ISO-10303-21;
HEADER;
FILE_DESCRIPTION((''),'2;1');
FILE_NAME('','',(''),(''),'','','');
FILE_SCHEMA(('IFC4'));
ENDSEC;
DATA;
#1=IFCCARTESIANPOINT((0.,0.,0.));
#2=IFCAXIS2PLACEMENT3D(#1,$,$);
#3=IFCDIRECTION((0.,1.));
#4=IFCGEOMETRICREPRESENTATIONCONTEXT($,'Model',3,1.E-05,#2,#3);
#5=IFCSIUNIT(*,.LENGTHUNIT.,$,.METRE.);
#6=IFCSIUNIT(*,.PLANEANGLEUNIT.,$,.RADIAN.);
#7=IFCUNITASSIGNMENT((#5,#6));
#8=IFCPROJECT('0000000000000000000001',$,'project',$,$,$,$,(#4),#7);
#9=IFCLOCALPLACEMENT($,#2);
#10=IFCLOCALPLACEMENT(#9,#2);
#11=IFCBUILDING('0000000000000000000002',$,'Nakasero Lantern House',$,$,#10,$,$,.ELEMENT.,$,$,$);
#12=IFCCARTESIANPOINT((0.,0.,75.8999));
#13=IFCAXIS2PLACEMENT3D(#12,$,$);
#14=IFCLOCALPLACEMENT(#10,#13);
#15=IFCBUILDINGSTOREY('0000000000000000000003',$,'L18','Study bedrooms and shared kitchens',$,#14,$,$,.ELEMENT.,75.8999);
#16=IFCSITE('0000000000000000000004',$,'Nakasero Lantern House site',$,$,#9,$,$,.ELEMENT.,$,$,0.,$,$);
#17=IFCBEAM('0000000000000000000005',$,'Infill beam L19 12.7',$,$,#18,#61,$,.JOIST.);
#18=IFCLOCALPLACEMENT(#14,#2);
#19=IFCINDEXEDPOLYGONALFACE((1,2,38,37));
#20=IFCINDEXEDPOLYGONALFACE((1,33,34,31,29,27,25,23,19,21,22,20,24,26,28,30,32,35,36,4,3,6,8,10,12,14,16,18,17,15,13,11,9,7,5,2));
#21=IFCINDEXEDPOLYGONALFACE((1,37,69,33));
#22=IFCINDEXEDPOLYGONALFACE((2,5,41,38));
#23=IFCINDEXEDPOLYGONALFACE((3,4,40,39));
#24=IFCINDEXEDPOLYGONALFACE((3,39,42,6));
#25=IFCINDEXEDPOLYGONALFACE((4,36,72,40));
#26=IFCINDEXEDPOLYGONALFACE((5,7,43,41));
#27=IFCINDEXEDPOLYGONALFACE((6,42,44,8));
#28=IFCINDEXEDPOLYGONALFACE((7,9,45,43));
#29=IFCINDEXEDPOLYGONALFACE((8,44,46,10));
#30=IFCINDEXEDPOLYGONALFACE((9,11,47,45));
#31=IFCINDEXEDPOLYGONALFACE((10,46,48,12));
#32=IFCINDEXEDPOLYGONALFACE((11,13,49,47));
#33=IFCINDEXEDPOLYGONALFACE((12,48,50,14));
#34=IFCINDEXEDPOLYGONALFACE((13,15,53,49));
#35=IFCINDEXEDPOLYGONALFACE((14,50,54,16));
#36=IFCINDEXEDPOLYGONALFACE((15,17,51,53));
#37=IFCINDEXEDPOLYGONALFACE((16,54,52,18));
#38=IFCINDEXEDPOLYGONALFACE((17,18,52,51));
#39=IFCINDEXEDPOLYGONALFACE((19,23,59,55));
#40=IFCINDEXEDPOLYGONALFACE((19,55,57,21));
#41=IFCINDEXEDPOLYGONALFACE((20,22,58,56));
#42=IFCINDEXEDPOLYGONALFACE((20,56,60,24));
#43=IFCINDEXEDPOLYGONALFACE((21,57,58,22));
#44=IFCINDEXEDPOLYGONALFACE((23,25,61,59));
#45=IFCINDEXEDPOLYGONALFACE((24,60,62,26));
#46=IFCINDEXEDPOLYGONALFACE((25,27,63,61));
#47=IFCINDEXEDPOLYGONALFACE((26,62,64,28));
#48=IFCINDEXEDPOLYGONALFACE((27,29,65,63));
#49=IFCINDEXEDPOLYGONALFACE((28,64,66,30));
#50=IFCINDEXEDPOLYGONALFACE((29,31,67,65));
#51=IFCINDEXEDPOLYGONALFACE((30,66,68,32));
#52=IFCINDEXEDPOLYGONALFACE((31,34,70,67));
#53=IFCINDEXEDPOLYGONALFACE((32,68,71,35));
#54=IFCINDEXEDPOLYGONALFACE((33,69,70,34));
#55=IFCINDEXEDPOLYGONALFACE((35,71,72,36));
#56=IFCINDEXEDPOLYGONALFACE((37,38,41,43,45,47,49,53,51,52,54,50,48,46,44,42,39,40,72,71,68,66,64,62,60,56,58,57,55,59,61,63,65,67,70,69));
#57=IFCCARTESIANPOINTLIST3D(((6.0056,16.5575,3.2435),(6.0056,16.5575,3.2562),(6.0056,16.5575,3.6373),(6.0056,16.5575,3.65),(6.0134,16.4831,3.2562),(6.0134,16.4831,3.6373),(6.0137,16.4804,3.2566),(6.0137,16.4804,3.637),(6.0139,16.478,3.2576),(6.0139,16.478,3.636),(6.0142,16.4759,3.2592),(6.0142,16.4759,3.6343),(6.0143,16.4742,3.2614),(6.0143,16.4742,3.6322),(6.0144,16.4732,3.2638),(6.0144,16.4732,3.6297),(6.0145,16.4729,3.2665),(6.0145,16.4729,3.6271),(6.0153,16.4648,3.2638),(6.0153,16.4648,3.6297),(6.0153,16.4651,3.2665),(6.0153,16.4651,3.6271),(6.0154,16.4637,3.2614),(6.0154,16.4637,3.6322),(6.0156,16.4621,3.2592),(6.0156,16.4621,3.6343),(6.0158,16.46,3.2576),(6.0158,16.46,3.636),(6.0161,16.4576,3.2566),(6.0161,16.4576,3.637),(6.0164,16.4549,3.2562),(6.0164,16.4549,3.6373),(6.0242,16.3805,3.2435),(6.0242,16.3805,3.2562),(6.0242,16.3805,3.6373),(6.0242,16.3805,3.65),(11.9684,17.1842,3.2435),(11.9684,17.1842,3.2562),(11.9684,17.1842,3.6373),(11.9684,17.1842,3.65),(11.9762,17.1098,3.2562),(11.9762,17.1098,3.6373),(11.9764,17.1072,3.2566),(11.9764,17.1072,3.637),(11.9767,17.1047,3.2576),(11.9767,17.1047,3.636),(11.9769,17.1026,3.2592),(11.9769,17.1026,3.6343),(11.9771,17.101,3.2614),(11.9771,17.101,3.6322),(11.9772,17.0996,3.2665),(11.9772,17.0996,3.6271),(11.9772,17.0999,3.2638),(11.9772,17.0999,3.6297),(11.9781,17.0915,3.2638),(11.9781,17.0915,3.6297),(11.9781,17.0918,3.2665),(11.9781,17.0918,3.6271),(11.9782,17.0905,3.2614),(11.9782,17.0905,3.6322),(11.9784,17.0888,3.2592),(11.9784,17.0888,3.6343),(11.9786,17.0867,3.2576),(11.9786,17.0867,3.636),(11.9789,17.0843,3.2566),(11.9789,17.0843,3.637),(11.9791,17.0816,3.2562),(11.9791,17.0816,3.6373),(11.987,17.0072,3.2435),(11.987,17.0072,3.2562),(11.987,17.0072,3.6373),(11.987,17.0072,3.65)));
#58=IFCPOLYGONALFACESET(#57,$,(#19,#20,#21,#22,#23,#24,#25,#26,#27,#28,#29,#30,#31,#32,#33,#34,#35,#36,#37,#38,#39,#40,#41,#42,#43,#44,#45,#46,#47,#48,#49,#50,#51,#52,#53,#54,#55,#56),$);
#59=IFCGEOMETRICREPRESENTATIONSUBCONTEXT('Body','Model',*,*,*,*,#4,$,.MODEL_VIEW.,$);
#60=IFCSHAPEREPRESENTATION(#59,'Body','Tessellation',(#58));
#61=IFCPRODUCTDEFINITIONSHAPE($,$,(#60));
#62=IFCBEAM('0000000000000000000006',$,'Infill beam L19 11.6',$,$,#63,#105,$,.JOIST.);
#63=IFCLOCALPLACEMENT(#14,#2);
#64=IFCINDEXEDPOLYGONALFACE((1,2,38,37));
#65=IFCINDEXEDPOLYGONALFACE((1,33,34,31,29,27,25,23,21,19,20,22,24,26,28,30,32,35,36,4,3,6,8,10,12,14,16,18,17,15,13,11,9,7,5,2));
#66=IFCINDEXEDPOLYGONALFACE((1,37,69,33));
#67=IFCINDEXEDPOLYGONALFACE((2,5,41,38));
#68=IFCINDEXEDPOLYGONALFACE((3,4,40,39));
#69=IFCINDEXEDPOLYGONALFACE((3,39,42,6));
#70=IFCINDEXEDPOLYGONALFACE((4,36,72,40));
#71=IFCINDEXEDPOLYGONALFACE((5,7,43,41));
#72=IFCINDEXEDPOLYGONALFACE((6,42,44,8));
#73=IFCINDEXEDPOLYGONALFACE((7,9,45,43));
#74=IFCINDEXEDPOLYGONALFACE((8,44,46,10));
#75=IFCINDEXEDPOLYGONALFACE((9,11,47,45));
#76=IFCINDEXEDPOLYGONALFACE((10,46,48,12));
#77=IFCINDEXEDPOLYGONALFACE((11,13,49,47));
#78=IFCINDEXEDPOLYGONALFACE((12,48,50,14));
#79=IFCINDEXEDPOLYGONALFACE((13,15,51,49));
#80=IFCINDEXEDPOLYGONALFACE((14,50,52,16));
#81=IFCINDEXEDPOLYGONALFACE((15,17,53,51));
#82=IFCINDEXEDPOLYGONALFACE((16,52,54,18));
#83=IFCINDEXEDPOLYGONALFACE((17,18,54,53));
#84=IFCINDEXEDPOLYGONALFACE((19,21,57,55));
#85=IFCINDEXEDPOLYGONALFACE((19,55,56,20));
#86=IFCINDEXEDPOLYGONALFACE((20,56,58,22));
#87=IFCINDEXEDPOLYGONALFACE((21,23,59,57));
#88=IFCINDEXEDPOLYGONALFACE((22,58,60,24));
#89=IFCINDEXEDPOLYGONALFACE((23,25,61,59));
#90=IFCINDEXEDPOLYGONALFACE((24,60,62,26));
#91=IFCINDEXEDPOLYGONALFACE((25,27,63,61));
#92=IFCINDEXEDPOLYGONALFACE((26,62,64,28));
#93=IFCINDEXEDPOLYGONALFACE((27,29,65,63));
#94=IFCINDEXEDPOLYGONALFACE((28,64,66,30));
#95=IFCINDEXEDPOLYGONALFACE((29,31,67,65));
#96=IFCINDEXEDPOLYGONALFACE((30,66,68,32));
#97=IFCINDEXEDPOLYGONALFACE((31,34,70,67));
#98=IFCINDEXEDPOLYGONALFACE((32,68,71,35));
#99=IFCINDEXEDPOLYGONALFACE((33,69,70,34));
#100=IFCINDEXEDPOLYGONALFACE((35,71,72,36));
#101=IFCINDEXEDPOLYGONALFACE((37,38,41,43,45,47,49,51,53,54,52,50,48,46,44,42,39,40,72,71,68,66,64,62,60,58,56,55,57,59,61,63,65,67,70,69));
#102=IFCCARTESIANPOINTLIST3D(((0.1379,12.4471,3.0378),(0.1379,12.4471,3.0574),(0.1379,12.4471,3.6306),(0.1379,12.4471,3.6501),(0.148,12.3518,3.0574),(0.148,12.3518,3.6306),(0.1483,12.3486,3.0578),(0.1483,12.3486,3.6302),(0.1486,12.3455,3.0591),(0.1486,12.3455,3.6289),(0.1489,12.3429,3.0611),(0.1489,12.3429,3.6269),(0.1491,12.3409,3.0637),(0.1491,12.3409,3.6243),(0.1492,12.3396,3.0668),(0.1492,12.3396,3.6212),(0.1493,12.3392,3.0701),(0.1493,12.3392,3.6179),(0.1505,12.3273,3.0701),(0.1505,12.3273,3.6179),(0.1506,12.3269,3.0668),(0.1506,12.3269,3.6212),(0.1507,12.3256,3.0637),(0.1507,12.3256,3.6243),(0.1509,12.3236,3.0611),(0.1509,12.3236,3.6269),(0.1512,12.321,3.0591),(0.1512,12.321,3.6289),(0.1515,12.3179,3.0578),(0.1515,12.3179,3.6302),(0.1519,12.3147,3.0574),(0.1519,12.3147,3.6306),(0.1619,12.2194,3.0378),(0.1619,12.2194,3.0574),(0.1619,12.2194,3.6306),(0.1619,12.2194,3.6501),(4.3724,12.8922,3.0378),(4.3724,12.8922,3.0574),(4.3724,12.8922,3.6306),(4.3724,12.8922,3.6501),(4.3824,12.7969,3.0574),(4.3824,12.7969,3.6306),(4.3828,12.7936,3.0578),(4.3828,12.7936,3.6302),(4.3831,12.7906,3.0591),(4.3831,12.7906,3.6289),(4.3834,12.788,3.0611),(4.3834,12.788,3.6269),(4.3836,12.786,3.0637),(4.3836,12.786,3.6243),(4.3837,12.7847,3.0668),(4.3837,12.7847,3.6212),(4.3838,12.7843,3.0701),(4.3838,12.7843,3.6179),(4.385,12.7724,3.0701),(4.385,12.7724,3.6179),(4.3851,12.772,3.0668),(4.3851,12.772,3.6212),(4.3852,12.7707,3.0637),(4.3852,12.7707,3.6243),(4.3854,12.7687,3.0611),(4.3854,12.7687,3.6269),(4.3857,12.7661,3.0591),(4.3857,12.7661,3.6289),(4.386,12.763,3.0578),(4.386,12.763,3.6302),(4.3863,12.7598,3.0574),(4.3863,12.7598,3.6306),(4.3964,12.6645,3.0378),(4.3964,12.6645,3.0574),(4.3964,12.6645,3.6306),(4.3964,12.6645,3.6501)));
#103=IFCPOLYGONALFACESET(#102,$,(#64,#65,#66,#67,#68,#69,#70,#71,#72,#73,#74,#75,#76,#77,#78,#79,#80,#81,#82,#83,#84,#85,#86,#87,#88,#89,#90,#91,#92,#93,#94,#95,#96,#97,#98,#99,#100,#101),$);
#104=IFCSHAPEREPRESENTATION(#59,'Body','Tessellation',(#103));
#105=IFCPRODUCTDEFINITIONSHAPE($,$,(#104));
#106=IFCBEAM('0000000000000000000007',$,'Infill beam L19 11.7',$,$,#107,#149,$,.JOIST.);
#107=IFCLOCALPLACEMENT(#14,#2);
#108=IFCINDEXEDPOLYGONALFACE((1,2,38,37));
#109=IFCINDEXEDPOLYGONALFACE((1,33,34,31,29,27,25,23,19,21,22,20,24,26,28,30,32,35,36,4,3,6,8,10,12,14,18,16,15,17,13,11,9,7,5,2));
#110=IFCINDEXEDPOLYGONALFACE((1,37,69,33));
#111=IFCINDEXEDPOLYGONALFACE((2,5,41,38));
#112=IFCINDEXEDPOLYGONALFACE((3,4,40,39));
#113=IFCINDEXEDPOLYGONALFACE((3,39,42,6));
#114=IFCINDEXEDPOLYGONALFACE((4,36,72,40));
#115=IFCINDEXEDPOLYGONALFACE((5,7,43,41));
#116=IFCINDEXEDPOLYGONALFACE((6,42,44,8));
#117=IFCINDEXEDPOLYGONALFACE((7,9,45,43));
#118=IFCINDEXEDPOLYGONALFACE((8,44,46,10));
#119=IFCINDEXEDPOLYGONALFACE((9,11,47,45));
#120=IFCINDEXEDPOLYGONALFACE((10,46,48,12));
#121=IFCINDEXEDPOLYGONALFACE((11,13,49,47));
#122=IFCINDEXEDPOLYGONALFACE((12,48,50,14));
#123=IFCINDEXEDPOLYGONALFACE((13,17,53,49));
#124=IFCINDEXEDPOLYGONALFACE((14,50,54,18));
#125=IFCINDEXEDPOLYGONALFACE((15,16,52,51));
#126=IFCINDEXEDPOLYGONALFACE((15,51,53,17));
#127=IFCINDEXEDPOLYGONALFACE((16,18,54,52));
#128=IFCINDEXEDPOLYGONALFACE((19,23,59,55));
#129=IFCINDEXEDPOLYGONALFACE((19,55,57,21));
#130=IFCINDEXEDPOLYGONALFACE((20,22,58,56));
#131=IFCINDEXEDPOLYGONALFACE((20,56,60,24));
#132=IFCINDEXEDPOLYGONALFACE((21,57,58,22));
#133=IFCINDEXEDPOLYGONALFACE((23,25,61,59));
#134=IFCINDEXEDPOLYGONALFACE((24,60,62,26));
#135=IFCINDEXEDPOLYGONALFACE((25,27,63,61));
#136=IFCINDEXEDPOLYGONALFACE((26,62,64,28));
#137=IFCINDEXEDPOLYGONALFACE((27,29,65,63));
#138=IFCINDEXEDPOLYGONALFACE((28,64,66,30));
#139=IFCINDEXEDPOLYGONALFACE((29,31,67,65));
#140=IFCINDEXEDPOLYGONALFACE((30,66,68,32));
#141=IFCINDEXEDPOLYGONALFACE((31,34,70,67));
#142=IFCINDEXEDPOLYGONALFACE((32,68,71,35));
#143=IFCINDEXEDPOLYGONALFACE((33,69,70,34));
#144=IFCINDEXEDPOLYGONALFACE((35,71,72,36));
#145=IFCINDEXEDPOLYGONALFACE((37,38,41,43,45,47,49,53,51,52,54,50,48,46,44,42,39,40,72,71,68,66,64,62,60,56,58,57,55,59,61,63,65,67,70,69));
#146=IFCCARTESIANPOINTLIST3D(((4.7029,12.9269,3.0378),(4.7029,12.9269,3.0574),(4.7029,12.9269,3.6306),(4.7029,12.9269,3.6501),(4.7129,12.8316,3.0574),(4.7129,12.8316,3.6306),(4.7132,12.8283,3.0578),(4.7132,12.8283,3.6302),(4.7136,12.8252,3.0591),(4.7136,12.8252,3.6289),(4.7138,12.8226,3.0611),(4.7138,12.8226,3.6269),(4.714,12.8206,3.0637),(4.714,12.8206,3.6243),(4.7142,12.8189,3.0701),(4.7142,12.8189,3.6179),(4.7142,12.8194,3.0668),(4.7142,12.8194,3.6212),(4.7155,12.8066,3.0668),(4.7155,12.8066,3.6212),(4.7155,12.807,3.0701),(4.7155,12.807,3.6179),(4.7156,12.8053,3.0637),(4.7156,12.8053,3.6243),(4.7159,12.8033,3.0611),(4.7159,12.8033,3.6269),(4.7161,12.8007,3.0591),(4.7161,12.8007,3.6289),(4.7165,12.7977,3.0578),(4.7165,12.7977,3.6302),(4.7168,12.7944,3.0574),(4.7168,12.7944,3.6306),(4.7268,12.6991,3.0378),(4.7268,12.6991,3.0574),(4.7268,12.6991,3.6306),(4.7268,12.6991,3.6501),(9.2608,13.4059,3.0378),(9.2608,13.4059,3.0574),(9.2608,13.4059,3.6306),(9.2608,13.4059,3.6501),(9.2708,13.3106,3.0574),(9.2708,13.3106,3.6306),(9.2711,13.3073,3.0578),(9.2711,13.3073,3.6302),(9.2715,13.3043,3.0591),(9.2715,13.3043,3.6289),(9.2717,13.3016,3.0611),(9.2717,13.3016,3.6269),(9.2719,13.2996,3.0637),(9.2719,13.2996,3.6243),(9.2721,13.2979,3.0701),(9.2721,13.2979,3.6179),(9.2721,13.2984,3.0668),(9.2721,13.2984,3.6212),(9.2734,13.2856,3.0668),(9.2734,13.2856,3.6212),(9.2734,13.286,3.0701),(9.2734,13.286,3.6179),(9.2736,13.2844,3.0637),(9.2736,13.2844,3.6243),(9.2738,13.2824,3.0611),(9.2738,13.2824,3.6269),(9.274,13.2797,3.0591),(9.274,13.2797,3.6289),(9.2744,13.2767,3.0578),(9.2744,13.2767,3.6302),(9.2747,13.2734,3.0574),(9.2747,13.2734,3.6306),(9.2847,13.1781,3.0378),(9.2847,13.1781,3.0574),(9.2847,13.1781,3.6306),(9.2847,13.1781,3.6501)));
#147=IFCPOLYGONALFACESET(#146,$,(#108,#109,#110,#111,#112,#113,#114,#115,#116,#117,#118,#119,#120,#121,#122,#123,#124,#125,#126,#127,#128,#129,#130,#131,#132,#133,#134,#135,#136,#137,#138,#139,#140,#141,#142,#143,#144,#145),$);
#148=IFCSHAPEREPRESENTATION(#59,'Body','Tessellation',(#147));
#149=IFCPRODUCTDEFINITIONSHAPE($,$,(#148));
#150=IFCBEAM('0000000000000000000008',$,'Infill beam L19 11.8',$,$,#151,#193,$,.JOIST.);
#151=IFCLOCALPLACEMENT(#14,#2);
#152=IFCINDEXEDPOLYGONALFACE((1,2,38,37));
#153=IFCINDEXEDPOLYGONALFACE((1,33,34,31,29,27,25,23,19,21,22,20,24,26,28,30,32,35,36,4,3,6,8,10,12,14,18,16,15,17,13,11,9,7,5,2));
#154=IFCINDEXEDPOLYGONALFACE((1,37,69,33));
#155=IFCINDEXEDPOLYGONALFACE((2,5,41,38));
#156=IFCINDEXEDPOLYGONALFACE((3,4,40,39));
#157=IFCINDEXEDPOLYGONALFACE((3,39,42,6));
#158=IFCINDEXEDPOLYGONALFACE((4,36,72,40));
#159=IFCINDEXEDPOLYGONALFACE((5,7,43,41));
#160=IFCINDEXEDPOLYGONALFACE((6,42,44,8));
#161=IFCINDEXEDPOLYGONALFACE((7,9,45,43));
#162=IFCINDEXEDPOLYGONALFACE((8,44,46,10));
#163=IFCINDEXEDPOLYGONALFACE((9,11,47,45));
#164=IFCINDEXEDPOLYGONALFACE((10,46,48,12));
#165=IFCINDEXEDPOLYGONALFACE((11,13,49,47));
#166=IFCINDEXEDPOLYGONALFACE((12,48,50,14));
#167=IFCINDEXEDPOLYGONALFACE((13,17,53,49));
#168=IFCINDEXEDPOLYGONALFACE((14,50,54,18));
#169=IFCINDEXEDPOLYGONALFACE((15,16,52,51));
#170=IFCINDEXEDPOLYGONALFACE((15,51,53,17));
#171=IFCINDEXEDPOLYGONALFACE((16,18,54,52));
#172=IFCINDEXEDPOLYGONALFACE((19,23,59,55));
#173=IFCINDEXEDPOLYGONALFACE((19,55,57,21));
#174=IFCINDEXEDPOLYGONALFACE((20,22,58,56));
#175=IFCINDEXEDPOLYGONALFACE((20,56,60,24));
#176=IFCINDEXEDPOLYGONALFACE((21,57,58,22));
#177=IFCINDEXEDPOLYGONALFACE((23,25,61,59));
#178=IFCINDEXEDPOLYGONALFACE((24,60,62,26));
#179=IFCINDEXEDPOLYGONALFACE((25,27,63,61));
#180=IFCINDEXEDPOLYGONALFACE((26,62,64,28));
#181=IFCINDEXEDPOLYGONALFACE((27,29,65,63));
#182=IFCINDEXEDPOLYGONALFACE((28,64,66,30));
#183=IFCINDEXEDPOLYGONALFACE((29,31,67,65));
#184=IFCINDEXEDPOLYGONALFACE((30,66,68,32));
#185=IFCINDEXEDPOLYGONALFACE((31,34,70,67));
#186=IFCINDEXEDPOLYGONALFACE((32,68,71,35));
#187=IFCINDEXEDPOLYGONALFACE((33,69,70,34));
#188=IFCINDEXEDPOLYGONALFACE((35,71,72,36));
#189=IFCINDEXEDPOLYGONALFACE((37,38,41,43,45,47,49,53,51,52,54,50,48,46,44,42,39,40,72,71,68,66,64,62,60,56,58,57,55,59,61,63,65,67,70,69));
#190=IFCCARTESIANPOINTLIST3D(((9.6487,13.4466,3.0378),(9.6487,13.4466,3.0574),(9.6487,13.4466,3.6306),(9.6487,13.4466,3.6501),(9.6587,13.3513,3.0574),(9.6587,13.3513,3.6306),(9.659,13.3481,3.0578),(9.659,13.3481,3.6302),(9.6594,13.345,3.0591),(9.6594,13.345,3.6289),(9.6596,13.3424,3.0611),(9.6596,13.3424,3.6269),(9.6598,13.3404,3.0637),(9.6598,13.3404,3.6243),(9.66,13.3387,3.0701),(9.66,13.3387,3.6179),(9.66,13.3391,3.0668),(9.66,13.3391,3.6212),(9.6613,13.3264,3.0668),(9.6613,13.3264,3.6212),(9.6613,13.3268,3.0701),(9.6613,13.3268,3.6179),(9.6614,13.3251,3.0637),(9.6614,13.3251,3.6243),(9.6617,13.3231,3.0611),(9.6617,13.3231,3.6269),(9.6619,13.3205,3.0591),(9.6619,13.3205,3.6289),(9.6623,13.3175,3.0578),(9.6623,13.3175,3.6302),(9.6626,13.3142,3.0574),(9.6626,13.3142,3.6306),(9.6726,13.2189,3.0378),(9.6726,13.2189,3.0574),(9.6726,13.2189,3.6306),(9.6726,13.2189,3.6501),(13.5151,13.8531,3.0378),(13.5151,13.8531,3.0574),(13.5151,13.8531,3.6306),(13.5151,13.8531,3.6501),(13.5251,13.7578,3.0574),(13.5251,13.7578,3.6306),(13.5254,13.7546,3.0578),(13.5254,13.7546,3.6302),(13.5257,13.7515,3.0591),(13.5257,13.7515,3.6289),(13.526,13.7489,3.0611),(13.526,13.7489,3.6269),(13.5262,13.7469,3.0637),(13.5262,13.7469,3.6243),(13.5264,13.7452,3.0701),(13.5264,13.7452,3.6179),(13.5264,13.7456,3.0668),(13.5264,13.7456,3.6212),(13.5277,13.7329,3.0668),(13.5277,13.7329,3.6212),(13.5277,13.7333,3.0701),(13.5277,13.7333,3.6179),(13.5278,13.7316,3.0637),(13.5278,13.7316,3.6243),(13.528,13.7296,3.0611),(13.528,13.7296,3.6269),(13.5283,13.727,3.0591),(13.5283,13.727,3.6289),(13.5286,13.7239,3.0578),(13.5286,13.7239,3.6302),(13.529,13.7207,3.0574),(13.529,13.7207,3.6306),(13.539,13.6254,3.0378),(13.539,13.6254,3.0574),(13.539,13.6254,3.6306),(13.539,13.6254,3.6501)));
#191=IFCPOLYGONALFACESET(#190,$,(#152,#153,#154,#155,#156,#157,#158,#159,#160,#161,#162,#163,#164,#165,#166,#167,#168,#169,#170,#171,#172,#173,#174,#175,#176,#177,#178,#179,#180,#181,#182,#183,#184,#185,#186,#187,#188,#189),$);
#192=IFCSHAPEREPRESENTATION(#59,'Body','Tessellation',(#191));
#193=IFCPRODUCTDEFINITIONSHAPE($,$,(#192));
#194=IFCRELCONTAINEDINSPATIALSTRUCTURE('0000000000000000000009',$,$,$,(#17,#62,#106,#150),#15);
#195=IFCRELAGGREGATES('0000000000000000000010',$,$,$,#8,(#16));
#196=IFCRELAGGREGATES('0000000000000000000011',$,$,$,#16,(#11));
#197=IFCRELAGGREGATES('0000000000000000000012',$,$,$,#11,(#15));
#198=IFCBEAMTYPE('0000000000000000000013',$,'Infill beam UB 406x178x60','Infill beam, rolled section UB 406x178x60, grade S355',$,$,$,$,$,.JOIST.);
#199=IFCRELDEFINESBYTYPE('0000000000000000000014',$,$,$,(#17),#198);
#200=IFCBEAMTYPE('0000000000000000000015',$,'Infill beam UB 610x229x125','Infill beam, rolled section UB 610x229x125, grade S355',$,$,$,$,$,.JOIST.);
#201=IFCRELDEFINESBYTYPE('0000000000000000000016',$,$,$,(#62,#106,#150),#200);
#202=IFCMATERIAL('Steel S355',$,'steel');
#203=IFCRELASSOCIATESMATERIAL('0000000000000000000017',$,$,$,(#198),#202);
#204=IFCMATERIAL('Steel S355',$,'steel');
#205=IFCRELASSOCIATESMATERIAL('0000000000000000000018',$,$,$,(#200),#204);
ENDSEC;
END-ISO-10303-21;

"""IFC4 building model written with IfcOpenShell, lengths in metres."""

from ifc_helpers import new_model, si_unit, direction, frame, origin, origin_2d, place, context, subcontext, project, spatial, i_section, extrude, material, material_profile, profile_set, type_object, element, save


model = new_model("IFC4")

# Units and contexts
model_context = context("Model", 3, precision=1e-05, world=origin(), true_north=direction((0.0, 1.0)))
body_context = subcontext(model_context, "Body", "Model", "MODEL_VIEW")
ifc_project = project(units=[si_unit("LENGTHUNIT", "METRE"), si_unit("PLANEANGLEUNIT", "RADIAN")], contexts=[model_context])

# Site, building, storey
site_placement = place(None, origin())
site = spatial("IfcSite", under=ifc_project, at=site_placement, Name="Nakasero Lantern House site", CompositionType="ELEMENT", RefElevation=0.0)
building_placement = place(site_placement, origin())
building = spatial("IfcBuilding", under=site, at=building_placement, Name="Nakasero Lantern House", CompositionType="ELEMENT")
storey_placement = place(building_placement, frame((0.0, 0.0, 75.8999)))
storey = spatial("IfcBuildingStorey", under=building, at=storey_placement, Name="L18", Description="Study bedrooms and shared kitchens", CompositionType="ELEMENT", Elevation=75.8999)

# Beams
ifc_material_1 = material(Name="Steel S355", Category="steel")
ifc_material_profile_1 = material_profile(ifc_material_1, i_section(OverallWidth=0.178, OverallDepth=0.4065, WebThickness=0.0078, FlangeThickness=0.0127, FilletRadius=0.0103, at=origin_2d()), Name="UB 406x178x60")
ifc_profile_set_1 = profile_set([ifc_material_profile_1], Name="Steel S355")
beam_type_1 = type_object("IfcBeamType", Name="Infill beam UB 406x178x60", Description="Infill beam, rolled section UB 406x178x60, grade S355", PredefinedType="JOIST", material=ifc_profile_set_1)
beam_1_placement = place(storey_placement, frame((6.0149, 16.469, 3.4468), z_axis=(0.994522, 0.10453, 0.0), x_axis=(-0.10453, 0.994522, 0.0)))
element("IfcBeam", 1, at=beam_1_placement, inside=storey, type_object=beam_type_1, Name="Infill beam L19 12.7", PredefinedType="JOIST", context=body_context, shape_type="SweptSolid", body=[
    extrude(i_section(OverallWidth=0.178, OverallDepth=0.4065, WebThickness=0.0078, FlangeThickness=0.0127, FilletRadius=0.0103, at=origin_2d()), origin(), (0.0, 0.0, 1.0), 5.9956),
])
ifc_material_2 = material(Name="Steel S355", Category="steel")
ifc_material_profile_2 = material_profile(ifc_material_2, i_section(OverallWidth=0.229, OverallDepth=0.6123, WebThickness=0.012, FlangeThickness=0.0195, FilletRadius=0.0127, at=origin_2d()), Name="UB 610x229x125")
ifc_profile_set_2 = profile_set([ifc_material_profile_2], Name="Steel S355")
beam_type_2 = type_object("IfcBeamType", Name="Infill beam UB 610x229x125", Description="Infill beam, rolled section UB 610x229x125, grade S355", PredefinedType="JOIST", material=ifc_profile_set_2)
beam_2_placement = place(storey_placement, frame((0.1499, 12.3333, 3.344), z_axis=(0.994521, 0.104533, 0.0), x_axis=(-0.104533, 0.994521, 0.0)))
element("IfcBeam", 2, at=beam_2_placement, inside=storey, type_object=beam_type_2, Name="Infill beam L19 11.6", PredefinedType="JOIST", context=body_context, shape_type="SweptSolid", body=[
    extrude(i_section(OverallWidth=0.229, OverallDepth=0.6123, WebThickness=0.012, FlangeThickness=0.0195, FilletRadius=0.0127, at=origin_2d()), origin(), (0.0, 0.0, 1.0), 4.2578),
])
beam_3_placement = place(storey_placement, frame((4.7148, 12.813, 3.344), z_axis=(0.994523, 0.104518, 0.0), x_axis=(-0.104518, 0.994523, 0.0)))
element("IfcBeam", 3, at=beam_3_placement, inside=storey, type_object=beam_type_2, Name="Infill beam L19 11.7", PredefinedType="JOIST", context=body_context, shape_type="SweptSolid", body=[
    extrude(i_section(OverallWidth=0.229, OverallDepth=0.6123, WebThickness=0.012, FlangeThickness=0.0195, FilletRadius=0.0127, at=origin_2d()), origin(), (0.0, 0.0, 1.0), 4.583),
])
beam_4_placement = place(storey_placement, frame((9.6606, 13.3328, 3.344), z_axis=(0.994519, 0.104557, 0.0), x_axis=(-0.104557, 0.994519, 0.0)))
element("IfcBeam", 4, at=beam_4_placement, inside=storey, type_object=beam_type_2, Name="Infill beam L19 11.8", PredefinedType="JOIST", context=body_context, shape_type="SweptSolid", body=[
    extrude(i_section(OverallWidth=0.229, OverallDepth=0.6123, WebThickness=0.012, FlangeThickness=0.0195, FilletRadius=0.0127, at=origin_2d()), origin(), (0.0, 0.0, 1.0), 3.8877),
])

save(model, "model.ifc")
